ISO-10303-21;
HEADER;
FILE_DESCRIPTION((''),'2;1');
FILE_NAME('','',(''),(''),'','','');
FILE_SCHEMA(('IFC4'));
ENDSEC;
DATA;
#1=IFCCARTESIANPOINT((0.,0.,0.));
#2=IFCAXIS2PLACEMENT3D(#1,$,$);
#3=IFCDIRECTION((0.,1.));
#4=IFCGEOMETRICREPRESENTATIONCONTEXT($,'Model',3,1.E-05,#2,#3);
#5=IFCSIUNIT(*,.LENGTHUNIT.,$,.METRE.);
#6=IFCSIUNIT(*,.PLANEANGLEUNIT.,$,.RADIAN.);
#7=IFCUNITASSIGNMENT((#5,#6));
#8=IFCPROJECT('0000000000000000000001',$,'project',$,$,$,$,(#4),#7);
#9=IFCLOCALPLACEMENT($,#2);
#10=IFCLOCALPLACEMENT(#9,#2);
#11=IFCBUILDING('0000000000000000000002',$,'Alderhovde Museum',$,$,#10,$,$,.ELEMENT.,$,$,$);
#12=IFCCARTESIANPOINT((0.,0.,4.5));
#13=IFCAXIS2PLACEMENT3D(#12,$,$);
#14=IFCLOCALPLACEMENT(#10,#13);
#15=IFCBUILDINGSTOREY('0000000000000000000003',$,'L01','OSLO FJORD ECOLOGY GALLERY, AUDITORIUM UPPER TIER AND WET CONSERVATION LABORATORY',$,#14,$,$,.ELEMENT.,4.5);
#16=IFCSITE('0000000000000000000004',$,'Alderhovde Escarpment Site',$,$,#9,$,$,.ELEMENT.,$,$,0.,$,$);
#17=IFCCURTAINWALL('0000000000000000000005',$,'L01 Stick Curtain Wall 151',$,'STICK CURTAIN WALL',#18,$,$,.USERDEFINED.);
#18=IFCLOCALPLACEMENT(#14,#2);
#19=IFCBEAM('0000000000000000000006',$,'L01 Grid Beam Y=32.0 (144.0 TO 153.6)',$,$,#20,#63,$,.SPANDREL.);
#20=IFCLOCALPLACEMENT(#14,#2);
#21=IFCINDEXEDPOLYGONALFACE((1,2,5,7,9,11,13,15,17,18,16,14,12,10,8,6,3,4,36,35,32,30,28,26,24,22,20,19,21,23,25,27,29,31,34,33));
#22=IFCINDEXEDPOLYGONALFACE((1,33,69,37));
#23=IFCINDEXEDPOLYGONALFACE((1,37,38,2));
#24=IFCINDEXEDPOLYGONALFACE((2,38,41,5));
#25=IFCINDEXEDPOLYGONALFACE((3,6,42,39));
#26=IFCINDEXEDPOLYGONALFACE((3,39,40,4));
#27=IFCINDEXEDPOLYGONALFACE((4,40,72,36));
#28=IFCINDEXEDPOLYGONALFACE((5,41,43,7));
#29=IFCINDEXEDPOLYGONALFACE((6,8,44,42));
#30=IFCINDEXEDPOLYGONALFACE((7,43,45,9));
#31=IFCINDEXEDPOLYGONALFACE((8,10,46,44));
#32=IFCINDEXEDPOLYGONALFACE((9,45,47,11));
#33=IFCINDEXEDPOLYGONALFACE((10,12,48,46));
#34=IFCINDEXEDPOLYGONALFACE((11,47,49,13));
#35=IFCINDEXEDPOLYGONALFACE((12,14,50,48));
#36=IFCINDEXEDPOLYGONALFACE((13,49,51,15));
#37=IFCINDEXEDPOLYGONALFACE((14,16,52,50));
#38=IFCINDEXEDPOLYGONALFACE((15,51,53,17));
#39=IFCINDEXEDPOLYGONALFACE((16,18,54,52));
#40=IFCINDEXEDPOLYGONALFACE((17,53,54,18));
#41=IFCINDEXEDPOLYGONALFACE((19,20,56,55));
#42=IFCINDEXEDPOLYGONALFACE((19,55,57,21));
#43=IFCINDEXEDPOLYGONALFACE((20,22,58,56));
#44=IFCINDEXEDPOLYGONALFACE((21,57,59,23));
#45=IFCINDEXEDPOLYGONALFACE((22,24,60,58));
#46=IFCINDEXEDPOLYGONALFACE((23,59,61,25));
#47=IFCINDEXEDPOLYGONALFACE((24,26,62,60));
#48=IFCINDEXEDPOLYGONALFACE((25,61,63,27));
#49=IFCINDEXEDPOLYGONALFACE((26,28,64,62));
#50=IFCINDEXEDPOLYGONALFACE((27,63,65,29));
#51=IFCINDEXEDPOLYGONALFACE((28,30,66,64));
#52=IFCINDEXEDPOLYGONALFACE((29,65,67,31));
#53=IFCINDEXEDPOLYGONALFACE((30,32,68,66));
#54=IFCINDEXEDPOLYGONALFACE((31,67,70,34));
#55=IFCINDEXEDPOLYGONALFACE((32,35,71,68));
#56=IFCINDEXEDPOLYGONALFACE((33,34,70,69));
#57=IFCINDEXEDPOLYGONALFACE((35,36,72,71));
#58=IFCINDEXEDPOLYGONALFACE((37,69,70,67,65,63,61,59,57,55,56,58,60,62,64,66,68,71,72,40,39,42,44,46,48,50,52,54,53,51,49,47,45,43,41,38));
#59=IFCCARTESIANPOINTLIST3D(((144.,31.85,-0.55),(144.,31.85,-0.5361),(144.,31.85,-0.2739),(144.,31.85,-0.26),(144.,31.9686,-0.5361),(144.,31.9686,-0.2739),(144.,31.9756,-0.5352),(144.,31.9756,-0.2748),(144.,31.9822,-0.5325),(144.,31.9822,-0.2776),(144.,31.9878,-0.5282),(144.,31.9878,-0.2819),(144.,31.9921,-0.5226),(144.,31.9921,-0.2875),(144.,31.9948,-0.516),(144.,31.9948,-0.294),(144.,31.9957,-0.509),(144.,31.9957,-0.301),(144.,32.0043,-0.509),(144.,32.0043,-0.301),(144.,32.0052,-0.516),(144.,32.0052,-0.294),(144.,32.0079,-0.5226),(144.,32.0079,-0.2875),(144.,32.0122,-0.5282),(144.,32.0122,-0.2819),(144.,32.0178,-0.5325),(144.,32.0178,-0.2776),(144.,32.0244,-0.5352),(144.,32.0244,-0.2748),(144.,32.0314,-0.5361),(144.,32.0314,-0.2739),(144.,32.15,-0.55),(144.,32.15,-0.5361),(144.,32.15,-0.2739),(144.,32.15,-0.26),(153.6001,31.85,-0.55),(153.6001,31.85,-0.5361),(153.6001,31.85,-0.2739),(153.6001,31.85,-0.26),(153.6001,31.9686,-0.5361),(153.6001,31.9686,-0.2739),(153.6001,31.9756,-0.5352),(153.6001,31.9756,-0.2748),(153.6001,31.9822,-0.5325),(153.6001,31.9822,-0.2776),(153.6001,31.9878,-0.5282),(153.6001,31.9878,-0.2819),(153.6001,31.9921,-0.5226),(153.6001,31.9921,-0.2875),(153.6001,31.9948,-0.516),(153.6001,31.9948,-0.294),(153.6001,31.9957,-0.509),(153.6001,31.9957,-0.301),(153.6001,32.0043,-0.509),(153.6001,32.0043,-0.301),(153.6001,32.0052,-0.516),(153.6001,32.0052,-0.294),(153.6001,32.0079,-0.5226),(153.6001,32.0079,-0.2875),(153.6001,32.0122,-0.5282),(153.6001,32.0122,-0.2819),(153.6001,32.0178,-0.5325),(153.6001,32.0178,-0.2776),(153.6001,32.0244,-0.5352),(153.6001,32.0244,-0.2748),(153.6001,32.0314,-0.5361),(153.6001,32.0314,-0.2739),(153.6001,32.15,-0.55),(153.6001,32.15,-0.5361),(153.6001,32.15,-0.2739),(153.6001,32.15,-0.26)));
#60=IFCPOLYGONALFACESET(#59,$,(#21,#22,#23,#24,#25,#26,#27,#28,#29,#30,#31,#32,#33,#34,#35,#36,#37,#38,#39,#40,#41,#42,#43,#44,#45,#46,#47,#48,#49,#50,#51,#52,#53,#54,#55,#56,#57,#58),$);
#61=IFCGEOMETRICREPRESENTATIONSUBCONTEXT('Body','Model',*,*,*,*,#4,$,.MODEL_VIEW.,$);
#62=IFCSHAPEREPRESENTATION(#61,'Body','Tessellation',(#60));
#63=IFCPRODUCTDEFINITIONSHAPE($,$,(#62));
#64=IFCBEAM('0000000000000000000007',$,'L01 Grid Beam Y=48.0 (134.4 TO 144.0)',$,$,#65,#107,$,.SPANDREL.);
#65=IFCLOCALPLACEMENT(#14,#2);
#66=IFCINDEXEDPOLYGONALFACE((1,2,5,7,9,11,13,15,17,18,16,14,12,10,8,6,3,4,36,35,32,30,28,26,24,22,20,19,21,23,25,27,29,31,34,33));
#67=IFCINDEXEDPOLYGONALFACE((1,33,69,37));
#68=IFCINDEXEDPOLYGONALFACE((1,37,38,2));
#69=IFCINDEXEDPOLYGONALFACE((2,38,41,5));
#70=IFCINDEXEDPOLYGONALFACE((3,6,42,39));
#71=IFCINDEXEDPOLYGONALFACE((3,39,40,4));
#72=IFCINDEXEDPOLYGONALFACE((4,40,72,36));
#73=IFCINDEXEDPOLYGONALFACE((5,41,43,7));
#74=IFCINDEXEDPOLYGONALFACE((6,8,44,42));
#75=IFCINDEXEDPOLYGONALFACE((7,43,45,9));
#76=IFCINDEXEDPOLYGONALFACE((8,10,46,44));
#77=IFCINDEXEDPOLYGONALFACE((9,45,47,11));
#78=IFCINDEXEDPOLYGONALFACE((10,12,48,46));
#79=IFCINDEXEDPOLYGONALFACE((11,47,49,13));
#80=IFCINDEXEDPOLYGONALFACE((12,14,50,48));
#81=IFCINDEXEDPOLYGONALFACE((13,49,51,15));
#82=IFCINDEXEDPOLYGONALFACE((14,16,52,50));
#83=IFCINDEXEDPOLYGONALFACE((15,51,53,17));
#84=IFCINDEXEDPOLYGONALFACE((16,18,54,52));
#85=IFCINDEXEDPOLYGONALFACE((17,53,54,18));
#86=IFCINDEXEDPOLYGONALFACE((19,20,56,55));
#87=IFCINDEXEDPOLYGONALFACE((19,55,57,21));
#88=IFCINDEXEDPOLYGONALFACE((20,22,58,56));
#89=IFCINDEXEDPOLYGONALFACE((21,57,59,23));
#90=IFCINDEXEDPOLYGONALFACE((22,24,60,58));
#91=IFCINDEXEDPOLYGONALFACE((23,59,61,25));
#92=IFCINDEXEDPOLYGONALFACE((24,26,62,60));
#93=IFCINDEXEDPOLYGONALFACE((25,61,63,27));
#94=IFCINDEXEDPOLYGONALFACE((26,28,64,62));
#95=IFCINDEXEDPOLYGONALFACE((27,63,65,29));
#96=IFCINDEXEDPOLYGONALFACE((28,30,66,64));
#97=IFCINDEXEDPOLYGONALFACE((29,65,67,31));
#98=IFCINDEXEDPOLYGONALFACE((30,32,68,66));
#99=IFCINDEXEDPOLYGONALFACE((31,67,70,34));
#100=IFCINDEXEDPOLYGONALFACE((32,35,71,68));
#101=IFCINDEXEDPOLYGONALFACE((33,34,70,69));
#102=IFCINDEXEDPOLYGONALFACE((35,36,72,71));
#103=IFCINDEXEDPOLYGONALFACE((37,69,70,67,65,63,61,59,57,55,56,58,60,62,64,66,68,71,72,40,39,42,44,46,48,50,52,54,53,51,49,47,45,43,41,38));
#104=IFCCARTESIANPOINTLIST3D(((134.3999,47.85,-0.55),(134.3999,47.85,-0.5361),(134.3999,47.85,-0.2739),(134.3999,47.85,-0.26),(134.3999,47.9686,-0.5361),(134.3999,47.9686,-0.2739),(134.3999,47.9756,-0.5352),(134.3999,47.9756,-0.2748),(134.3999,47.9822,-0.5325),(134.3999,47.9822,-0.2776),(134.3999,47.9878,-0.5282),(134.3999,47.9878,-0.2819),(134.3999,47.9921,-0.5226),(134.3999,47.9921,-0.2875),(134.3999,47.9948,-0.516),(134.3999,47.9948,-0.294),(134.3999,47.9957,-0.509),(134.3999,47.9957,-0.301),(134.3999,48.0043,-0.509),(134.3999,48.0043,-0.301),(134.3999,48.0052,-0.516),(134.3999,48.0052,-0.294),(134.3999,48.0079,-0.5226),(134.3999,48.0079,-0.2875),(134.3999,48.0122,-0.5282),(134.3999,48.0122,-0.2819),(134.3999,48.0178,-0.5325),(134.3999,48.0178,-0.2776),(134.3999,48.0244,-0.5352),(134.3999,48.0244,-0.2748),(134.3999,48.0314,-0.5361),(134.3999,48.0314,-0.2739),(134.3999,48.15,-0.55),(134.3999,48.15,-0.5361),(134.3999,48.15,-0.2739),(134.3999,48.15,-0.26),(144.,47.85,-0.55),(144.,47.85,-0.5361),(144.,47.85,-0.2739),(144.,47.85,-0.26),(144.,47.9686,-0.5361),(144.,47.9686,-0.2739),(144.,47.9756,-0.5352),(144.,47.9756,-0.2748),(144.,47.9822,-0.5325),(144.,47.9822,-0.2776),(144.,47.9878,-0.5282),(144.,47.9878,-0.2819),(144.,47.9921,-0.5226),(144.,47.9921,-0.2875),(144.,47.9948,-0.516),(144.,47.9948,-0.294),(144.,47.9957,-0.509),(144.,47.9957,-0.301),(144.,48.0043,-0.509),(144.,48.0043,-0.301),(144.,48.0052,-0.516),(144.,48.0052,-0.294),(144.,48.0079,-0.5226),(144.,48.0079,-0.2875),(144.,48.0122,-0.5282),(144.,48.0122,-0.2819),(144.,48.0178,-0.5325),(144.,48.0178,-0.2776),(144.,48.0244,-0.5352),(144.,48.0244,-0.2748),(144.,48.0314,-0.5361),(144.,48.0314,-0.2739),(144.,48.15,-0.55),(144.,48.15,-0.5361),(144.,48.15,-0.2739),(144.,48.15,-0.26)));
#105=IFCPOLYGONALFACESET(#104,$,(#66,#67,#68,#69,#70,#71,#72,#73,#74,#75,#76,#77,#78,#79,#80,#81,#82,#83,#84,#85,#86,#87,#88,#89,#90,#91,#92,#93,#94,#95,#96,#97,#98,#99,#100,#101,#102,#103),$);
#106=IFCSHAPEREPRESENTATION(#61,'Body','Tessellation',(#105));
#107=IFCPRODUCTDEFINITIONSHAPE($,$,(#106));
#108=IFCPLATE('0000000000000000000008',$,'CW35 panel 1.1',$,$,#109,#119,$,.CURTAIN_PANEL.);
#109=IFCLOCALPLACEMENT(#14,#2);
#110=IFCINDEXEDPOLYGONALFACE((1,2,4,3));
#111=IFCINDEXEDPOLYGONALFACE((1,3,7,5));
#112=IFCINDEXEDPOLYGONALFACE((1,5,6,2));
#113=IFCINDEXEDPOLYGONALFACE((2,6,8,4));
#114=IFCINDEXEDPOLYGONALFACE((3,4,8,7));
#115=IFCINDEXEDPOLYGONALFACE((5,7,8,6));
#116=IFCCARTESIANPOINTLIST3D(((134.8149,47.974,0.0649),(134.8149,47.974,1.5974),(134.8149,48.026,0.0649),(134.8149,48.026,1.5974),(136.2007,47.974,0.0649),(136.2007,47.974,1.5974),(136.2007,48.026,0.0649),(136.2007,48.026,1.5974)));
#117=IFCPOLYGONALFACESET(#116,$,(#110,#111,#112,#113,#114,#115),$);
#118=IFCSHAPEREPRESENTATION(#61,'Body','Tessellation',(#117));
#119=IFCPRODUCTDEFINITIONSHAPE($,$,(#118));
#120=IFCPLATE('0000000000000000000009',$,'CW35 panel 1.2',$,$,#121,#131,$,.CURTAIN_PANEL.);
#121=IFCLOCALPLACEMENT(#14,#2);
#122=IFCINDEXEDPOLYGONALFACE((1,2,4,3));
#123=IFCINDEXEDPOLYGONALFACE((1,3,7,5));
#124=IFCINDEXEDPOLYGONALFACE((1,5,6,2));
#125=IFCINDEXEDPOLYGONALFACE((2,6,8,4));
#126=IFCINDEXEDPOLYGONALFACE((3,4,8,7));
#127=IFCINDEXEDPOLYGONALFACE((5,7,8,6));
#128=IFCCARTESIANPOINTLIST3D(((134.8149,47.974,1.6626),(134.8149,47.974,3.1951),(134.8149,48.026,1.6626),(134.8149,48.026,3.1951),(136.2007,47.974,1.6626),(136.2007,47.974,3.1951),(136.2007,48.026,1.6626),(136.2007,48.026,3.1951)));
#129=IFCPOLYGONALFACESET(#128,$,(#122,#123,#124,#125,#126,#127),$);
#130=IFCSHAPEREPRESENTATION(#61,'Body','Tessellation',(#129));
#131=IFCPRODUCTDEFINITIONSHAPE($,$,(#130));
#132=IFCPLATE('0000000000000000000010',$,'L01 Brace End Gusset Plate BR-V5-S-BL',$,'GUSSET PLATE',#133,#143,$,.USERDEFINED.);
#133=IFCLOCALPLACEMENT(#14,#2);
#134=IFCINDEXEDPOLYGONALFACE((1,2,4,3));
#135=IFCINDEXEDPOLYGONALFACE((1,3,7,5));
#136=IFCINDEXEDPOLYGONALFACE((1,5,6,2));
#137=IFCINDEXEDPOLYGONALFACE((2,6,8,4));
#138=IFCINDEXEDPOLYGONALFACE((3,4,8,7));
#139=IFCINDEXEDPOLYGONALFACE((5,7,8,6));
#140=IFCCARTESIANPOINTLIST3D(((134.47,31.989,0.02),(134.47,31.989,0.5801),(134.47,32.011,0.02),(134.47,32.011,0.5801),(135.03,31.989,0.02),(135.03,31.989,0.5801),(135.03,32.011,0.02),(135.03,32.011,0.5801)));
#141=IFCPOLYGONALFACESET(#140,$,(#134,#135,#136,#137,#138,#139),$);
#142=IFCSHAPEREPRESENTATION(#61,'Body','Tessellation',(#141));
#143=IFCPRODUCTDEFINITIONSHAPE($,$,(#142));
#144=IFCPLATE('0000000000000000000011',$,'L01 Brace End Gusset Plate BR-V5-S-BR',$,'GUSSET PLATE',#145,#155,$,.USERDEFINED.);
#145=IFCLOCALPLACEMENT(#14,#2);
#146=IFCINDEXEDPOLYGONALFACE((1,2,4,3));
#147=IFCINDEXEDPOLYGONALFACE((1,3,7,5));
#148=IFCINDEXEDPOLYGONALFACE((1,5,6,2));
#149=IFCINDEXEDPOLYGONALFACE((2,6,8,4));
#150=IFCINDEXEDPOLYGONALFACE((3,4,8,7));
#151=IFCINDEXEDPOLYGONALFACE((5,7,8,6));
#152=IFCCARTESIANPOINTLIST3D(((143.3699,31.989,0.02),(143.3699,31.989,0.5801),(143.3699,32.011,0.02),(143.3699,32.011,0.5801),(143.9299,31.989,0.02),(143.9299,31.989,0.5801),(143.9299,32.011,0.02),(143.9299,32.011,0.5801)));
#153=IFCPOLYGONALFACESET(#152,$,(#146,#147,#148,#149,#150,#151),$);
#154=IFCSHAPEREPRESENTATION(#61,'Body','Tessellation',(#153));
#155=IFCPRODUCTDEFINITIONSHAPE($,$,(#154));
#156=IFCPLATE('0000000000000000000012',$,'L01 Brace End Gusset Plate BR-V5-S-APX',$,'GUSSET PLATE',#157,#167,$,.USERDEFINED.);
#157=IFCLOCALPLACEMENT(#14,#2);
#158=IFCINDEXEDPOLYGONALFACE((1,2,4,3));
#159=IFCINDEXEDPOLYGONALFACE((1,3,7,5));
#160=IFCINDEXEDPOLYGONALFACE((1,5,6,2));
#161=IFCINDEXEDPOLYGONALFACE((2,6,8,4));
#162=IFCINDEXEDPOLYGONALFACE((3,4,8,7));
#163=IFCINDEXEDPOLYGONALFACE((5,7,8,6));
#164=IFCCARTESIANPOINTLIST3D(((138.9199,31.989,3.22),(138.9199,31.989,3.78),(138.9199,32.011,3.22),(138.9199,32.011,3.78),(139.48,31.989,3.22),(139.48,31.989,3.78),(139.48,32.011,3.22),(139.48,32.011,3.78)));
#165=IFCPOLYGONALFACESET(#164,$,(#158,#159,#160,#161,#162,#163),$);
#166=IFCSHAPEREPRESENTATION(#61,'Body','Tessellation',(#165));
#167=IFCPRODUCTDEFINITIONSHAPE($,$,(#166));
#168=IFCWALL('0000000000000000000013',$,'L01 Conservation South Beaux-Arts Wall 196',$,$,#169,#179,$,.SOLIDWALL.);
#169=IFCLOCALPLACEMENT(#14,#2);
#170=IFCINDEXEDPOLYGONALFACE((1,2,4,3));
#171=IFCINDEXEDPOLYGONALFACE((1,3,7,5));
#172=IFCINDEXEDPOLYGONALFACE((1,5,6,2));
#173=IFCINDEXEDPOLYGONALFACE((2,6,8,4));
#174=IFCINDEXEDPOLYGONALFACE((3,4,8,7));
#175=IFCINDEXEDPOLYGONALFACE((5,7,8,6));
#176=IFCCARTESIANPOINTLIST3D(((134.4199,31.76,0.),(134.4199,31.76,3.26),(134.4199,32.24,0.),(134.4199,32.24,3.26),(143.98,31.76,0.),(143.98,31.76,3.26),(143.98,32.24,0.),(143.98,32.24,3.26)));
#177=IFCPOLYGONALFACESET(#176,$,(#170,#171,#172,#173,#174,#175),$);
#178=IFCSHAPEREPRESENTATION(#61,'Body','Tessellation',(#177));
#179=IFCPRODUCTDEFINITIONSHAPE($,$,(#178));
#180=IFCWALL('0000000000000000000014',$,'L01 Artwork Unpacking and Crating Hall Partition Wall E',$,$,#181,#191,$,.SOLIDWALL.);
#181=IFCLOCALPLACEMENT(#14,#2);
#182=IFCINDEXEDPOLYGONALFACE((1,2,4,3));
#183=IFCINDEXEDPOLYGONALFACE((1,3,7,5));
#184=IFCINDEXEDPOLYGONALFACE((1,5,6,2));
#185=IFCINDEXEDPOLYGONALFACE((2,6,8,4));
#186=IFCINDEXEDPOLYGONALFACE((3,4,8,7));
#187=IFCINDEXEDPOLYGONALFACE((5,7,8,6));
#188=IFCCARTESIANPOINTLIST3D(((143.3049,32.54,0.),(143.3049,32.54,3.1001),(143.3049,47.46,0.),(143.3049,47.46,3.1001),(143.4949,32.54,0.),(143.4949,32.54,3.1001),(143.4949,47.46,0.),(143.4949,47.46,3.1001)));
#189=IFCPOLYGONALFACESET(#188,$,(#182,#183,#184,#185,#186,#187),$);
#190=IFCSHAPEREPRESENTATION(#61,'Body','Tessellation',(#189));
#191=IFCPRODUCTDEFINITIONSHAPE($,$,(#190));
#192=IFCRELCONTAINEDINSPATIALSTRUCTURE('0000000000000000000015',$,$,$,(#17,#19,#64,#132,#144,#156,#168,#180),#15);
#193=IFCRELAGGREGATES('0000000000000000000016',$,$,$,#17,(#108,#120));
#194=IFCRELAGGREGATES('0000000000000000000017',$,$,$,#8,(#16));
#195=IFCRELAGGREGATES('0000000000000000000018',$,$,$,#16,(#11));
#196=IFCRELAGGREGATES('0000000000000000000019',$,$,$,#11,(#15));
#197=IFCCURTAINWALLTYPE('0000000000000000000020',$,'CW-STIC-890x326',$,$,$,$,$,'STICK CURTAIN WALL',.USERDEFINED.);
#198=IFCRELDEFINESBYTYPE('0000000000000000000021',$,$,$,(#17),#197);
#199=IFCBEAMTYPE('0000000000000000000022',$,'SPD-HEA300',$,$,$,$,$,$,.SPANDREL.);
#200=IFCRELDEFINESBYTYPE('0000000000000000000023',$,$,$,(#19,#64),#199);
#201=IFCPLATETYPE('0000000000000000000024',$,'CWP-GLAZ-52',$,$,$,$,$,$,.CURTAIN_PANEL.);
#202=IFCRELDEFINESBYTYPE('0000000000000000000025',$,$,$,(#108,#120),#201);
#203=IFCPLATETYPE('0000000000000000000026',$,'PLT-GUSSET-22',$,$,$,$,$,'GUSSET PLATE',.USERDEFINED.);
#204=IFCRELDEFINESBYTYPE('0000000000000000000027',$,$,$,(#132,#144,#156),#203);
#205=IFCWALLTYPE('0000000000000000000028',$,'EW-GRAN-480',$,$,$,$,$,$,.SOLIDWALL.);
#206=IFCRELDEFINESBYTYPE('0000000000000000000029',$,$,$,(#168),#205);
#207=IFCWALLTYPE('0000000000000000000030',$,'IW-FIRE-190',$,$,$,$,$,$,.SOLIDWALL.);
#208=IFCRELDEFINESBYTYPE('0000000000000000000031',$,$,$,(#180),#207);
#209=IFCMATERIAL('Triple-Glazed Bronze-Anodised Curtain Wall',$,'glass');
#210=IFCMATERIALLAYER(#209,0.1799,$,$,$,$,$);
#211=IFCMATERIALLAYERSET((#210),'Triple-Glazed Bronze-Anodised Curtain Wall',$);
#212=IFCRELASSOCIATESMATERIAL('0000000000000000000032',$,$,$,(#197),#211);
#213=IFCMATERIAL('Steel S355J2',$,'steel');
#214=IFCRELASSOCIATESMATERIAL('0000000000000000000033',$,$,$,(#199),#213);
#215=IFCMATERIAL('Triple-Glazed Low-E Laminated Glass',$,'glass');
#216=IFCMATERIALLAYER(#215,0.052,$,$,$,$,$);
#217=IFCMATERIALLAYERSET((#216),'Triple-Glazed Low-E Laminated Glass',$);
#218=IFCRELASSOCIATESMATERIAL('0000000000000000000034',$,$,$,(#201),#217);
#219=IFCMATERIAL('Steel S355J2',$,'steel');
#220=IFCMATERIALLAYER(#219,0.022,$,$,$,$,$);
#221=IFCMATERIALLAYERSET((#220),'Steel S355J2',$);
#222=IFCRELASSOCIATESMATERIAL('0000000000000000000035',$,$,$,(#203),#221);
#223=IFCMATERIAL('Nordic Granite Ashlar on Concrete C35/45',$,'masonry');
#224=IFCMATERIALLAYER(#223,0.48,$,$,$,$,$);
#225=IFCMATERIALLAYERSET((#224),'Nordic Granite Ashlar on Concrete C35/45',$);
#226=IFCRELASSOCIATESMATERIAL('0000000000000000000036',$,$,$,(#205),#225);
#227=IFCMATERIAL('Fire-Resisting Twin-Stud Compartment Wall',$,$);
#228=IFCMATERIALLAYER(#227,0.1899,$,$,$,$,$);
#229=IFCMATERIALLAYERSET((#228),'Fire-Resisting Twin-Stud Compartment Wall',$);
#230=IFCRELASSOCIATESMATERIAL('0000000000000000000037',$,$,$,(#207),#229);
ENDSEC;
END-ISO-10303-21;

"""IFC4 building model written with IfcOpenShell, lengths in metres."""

from ifc_helpers import new_model, si_unit, direction, frame, frame_2d, origin, origin_2d, place, context, subcontext, project, spatial, rectangle, i_section, extrude, material, layer, layer_set, material_profile, profile_set, type_object, element, aggregate, save


model = new_model("IFC4")

# Units and contexts
model_context = context("Model", 3, precision=1e-05, world=origin(), true_north=direction((0.0, 1.0)))
body_context = subcontext(model_context, "Body", "Model", "MODEL_VIEW")
ifc_project = project(units=[si_unit("LENGTHUNIT", "METRE"), si_unit("PLANEANGLEUNIT", "RADIAN")], contexts=[model_context])

# Site, building, storey
site_placement = place(None, origin())
site = spatial("IfcSite", under=ifc_project, at=site_placement, Name="Alderhovde Escarpment Site", CompositionType="ELEMENT", RefElevation=0.0)
building_placement = place(site_placement, origin())
building = spatial("IfcBuilding", under=site, at=building_placement, Name="Alderhovde Museum", CompositionType="ELEMENT")
storey_placement = place(building_placement, frame((0.0, 0.0, 4.5)))
storey = spatial("IfcBuildingStorey", under=building, at=storey_placement, Name="L01", Description="OSLO FJORD ECOLOGY GALLERY, AUDITORIUM UPPER TIER AND WET CONSERVATION LABORATORY", CompositionType="ELEMENT", Elevation=4.5)

# Curtain wall
ifc_material_1 = material(Name="Triple-Glazed Bronze-Anodised Curtain Wall", Category="glass")
ifc_layer_1 = layer(ifc_material_1, 0.1799)
ifc_layer_set_1 = layer_set([ifc_layer_1], Name="Triple-Glazed Bronze-Anodised Curtain Wall")
curtain_wall_type = type_object("IfcCurtainWallType", Name="CW-STIC-890x326", ElementType="STICK CURTAIN WALL", PredefinedType="USERDEFINED", material=ifc_layer_set_1)
curtain_wall_placement = place(storey_placement, origin())
curtain_wall = element("IfcCurtainWall", 1, at=curtain_wall_placement, inside=storey, type_object=curtain_wall_type, Name="L01 Stick Curtain Wall 151", ObjectType="STICK CURTAIN WALL", PredefinedType="USERDEFINED")

# Beams
ifc_material_2 = material(Name="Steel S355J2", Category="steel")
ifc_material_profile_1 = material_profile(ifc_material_2, i_section(OverallWidth=0.3, OverallDepth=0.29, WebThickness=0.0085, FlangeThickness=0.0139, FilletRadius=0.0271, at=origin_2d()), Name="HEA 300")
ifc_profile_set_1 = profile_set([ifc_material_profile_1], Name="Steel S355J2")
beam_type_1 = type_object("IfcBeamType", Name="SPD-HEA300", PredefinedType="SPANDREL", material=ifc_profile_set_1)
for number, where, z_axis, x_axis, name in (
    (2, (144.0, 32.0, -0.405), (1.0, 0.0, 0.0), (0.0, 1.0, 0.0), "L01 Grid Beam Y=32.0 (144.0 TO 153.6)"),
    (3, (134.3999, 48.0, -0.405), (1.0, 0.0, 0.0), (0.0, 1.0, 0.0), "L01 Grid Beam Y=48.0 (134.4 TO 144.0)"),
):
    element("IfcBeam", number, at=place(storey_placement, frame(where, z_axis=z_axis, x_axis=x_axis)), inside=storey, type_object=beam_type_1, Name=name, PredefinedType="SPANDREL", context=body_context, shape_type="SweptSolid", body=[
        extrude(i_section(OverallWidth=0.3, OverallDepth=0.29, WebThickness=0.0085, FlangeThickness=0.0139, FilletRadius=0.0271, at=origin_2d()), origin(), (0.0, 0.0, 1.0), 9.6001),
    ])

# Plates
ifc_material_3 = material(Name="Triple-Glazed Low-E Laminated Glass", Category="glass")
ifc_layer_2 = layer(ifc_material_3, 0.052)
ifc_layer_set_2 = layer_set([ifc_layer_2], Name="Triple-Glazed Low-E Laminated Glass")
plate_type_1 = type_object("IfcPlateType", Name="CWP-GLAZ-52", PredefinedType="CURTAIN_PANEL", material=ifc_layer_set_2)
plate_1_placement = place(storey_placement, frame((135.5078, 48.0, 0.0649), z_axis=(0.0, 0.0, 1.0), x_axis=(1.0, 0.0, 0.0)))
plate_1 = element("IfcPlate", 4, at=plate_1_placement, type_object=plate_type_1, Name="CW35 panel 1.1", PredefinedType="CURTAIN_PANEL", context=body_context, shape_type="SweptSolid", body=[
    extrude(rectangle(XDim=1.3857, YDim=0.052, at=origin_2d()), origin(), (0.0, 0.0, 1.0), 1.5325),
])
plate_2_placement = place(storey_placement, frame((135.5078, 48.0, 1.6626), z_axis=(0.0, 0.0, 1.0), x_axis=(1.0, 0.0, 0.0)))
plate_2 = element("IfcPlate", 5, at=plate_2_placement, type_object=plate_type_1, Name="CW35 panel 1.2", PredefinedType="CURTAIN_PANEL", context=body_context, shape_type="SweptSolid", body=[
    extrude(rectangle(XDim=1.3857, YDim=0.052, at=origin_2d()), origin(), (0.0, 0.0, 1.0), 1.5325),
])
aggregate(curtain_wall, [plate_1, plate_2])

# Plates
ifc_material_4 = material(Name="Steel S355J2", Category="steel")
ifc_layer_3 = layer(ifc_material_4, 0.022)
ifc_layer_set_3 = layer_set([ifc_layer_3], Name="Steel S355J2")
plate_type_2 = type_object("IfcPlateType", Name="PLT-GUSSET-22", ElementType="GUSSET PLATE", PredefinedType="USERDEFINED", material=ifc_layer_set_3)
for number, where, z_axis, x_axis, name in (
    (6, (134.75, 32.0, 0.02), (0.0, 0.0, 1.0), (1.0, 0.0, 0.0), "L01 Brace End Gusset Plate BR-V5-S-BL"),
    (7, (143.6499, 32.0, 0.02), (0.0, 0.0, 1.0), (1.0, 0.0, 0.0), "L01 Brace End Gusset Plate BR-V5-S-BR"),
    (8, (139.2, 32.0, 3.22), (0.0, 0.0, 1.0), (1.0, 0.0, 0.0), "L01 Brace End Gusset Plate BR-V5-S-APX"),
):
    element("IfcPlate", number, at=place(storey_placement, frame(where, z_axis=z_axis, x_axis=x_axis)), inside=storey, type_object=plate_type_2, Name=name, ObjectType="GUSSET PLATE", PredefinedType="USERDEFINED", context=body_context, shape_type="SweptSolid", body=[
        extrude(rectangle(XDim=0.5601, YDim=0.022, at=origin_2d()), origin(), (0.0, 0.0, 1.0), 0.5601),
    ])

# Walls
ifc_material_5 = material(Name="Nordic Granite Ashlar on Concrete C35/45", Category="masonry")
ifc_layer_4 = layer(ifc_material_5, 0.48)
ifc_layer_set_4 = layer_set([ifc_layer_4], Name="Nordic Granite Ashlar on Concrete C35/45")
wall_type_1 = type_object("IfcWallType", Name="EW-GRAN-480", PredefinedType="SOLIDWALL", material=ifc_layer_set_4)
wall_1_placement = place(storey_placement, frame((134.4199, 32.0, 0.0), z_axis=(0.0, 0.0, 1.0), x_axis=(1.0, 0.0, 0.0)))
element("IfcWall", 9, at=wall_1_placement, inside=storey, type_object=wall_type_1, Name="L01 Conservation South Beaux-Arts Wall 196", PredefinedType="SOLIDWALL", context=body_context, shape_type="SweptSolid", body=[
    extrude(rectangle(XDim=9.5601, YDim=0.48, at=frame_2d((4.78, 0.0))), origin(), (0.0, 0.0, 1.0), 3.26),
])
ifc_material_6 = material(Name="Fire-Resisting Twin-Stud Compartment Wall")
ifc_layer_5 = layer(ifc_material_6, 0.1899)
ifc_layer_set_5 = layer_set([ifc_layer_5], Name="Fire-Resisting Twin-Stud Compartment Wall")
wall_type_2 = type_object("IfcWallType", Name="IW-FIRE-190", PredefinedType="SOLIDWALL", material=ifc_layer_set_5)
wall_2_placement = place(storey_placement, frame((143.3999, 32.54, 0.0), z_axis=(0.0, 0.0, 1.0), x_axis=(0.0, 1.0, 0.0)))
element("IfcWall", 10, at=wall_2_placement, inside=storey, type_object=wall_type_2, Name="L01 Artwork Unpacking and Crating Hall Partition Wall E", PredefinedType="SOLIDWALL", context=body_context, shape_type="SweptSolid", body=[
    extrude(rectangle(XDim=14.9199, YDim=0.1899, at=frame_2d((7.46, 0.0))), origin(), (0.0, 0.0, 1.0), 3.1001),
])

save(model, "model.ifc")
